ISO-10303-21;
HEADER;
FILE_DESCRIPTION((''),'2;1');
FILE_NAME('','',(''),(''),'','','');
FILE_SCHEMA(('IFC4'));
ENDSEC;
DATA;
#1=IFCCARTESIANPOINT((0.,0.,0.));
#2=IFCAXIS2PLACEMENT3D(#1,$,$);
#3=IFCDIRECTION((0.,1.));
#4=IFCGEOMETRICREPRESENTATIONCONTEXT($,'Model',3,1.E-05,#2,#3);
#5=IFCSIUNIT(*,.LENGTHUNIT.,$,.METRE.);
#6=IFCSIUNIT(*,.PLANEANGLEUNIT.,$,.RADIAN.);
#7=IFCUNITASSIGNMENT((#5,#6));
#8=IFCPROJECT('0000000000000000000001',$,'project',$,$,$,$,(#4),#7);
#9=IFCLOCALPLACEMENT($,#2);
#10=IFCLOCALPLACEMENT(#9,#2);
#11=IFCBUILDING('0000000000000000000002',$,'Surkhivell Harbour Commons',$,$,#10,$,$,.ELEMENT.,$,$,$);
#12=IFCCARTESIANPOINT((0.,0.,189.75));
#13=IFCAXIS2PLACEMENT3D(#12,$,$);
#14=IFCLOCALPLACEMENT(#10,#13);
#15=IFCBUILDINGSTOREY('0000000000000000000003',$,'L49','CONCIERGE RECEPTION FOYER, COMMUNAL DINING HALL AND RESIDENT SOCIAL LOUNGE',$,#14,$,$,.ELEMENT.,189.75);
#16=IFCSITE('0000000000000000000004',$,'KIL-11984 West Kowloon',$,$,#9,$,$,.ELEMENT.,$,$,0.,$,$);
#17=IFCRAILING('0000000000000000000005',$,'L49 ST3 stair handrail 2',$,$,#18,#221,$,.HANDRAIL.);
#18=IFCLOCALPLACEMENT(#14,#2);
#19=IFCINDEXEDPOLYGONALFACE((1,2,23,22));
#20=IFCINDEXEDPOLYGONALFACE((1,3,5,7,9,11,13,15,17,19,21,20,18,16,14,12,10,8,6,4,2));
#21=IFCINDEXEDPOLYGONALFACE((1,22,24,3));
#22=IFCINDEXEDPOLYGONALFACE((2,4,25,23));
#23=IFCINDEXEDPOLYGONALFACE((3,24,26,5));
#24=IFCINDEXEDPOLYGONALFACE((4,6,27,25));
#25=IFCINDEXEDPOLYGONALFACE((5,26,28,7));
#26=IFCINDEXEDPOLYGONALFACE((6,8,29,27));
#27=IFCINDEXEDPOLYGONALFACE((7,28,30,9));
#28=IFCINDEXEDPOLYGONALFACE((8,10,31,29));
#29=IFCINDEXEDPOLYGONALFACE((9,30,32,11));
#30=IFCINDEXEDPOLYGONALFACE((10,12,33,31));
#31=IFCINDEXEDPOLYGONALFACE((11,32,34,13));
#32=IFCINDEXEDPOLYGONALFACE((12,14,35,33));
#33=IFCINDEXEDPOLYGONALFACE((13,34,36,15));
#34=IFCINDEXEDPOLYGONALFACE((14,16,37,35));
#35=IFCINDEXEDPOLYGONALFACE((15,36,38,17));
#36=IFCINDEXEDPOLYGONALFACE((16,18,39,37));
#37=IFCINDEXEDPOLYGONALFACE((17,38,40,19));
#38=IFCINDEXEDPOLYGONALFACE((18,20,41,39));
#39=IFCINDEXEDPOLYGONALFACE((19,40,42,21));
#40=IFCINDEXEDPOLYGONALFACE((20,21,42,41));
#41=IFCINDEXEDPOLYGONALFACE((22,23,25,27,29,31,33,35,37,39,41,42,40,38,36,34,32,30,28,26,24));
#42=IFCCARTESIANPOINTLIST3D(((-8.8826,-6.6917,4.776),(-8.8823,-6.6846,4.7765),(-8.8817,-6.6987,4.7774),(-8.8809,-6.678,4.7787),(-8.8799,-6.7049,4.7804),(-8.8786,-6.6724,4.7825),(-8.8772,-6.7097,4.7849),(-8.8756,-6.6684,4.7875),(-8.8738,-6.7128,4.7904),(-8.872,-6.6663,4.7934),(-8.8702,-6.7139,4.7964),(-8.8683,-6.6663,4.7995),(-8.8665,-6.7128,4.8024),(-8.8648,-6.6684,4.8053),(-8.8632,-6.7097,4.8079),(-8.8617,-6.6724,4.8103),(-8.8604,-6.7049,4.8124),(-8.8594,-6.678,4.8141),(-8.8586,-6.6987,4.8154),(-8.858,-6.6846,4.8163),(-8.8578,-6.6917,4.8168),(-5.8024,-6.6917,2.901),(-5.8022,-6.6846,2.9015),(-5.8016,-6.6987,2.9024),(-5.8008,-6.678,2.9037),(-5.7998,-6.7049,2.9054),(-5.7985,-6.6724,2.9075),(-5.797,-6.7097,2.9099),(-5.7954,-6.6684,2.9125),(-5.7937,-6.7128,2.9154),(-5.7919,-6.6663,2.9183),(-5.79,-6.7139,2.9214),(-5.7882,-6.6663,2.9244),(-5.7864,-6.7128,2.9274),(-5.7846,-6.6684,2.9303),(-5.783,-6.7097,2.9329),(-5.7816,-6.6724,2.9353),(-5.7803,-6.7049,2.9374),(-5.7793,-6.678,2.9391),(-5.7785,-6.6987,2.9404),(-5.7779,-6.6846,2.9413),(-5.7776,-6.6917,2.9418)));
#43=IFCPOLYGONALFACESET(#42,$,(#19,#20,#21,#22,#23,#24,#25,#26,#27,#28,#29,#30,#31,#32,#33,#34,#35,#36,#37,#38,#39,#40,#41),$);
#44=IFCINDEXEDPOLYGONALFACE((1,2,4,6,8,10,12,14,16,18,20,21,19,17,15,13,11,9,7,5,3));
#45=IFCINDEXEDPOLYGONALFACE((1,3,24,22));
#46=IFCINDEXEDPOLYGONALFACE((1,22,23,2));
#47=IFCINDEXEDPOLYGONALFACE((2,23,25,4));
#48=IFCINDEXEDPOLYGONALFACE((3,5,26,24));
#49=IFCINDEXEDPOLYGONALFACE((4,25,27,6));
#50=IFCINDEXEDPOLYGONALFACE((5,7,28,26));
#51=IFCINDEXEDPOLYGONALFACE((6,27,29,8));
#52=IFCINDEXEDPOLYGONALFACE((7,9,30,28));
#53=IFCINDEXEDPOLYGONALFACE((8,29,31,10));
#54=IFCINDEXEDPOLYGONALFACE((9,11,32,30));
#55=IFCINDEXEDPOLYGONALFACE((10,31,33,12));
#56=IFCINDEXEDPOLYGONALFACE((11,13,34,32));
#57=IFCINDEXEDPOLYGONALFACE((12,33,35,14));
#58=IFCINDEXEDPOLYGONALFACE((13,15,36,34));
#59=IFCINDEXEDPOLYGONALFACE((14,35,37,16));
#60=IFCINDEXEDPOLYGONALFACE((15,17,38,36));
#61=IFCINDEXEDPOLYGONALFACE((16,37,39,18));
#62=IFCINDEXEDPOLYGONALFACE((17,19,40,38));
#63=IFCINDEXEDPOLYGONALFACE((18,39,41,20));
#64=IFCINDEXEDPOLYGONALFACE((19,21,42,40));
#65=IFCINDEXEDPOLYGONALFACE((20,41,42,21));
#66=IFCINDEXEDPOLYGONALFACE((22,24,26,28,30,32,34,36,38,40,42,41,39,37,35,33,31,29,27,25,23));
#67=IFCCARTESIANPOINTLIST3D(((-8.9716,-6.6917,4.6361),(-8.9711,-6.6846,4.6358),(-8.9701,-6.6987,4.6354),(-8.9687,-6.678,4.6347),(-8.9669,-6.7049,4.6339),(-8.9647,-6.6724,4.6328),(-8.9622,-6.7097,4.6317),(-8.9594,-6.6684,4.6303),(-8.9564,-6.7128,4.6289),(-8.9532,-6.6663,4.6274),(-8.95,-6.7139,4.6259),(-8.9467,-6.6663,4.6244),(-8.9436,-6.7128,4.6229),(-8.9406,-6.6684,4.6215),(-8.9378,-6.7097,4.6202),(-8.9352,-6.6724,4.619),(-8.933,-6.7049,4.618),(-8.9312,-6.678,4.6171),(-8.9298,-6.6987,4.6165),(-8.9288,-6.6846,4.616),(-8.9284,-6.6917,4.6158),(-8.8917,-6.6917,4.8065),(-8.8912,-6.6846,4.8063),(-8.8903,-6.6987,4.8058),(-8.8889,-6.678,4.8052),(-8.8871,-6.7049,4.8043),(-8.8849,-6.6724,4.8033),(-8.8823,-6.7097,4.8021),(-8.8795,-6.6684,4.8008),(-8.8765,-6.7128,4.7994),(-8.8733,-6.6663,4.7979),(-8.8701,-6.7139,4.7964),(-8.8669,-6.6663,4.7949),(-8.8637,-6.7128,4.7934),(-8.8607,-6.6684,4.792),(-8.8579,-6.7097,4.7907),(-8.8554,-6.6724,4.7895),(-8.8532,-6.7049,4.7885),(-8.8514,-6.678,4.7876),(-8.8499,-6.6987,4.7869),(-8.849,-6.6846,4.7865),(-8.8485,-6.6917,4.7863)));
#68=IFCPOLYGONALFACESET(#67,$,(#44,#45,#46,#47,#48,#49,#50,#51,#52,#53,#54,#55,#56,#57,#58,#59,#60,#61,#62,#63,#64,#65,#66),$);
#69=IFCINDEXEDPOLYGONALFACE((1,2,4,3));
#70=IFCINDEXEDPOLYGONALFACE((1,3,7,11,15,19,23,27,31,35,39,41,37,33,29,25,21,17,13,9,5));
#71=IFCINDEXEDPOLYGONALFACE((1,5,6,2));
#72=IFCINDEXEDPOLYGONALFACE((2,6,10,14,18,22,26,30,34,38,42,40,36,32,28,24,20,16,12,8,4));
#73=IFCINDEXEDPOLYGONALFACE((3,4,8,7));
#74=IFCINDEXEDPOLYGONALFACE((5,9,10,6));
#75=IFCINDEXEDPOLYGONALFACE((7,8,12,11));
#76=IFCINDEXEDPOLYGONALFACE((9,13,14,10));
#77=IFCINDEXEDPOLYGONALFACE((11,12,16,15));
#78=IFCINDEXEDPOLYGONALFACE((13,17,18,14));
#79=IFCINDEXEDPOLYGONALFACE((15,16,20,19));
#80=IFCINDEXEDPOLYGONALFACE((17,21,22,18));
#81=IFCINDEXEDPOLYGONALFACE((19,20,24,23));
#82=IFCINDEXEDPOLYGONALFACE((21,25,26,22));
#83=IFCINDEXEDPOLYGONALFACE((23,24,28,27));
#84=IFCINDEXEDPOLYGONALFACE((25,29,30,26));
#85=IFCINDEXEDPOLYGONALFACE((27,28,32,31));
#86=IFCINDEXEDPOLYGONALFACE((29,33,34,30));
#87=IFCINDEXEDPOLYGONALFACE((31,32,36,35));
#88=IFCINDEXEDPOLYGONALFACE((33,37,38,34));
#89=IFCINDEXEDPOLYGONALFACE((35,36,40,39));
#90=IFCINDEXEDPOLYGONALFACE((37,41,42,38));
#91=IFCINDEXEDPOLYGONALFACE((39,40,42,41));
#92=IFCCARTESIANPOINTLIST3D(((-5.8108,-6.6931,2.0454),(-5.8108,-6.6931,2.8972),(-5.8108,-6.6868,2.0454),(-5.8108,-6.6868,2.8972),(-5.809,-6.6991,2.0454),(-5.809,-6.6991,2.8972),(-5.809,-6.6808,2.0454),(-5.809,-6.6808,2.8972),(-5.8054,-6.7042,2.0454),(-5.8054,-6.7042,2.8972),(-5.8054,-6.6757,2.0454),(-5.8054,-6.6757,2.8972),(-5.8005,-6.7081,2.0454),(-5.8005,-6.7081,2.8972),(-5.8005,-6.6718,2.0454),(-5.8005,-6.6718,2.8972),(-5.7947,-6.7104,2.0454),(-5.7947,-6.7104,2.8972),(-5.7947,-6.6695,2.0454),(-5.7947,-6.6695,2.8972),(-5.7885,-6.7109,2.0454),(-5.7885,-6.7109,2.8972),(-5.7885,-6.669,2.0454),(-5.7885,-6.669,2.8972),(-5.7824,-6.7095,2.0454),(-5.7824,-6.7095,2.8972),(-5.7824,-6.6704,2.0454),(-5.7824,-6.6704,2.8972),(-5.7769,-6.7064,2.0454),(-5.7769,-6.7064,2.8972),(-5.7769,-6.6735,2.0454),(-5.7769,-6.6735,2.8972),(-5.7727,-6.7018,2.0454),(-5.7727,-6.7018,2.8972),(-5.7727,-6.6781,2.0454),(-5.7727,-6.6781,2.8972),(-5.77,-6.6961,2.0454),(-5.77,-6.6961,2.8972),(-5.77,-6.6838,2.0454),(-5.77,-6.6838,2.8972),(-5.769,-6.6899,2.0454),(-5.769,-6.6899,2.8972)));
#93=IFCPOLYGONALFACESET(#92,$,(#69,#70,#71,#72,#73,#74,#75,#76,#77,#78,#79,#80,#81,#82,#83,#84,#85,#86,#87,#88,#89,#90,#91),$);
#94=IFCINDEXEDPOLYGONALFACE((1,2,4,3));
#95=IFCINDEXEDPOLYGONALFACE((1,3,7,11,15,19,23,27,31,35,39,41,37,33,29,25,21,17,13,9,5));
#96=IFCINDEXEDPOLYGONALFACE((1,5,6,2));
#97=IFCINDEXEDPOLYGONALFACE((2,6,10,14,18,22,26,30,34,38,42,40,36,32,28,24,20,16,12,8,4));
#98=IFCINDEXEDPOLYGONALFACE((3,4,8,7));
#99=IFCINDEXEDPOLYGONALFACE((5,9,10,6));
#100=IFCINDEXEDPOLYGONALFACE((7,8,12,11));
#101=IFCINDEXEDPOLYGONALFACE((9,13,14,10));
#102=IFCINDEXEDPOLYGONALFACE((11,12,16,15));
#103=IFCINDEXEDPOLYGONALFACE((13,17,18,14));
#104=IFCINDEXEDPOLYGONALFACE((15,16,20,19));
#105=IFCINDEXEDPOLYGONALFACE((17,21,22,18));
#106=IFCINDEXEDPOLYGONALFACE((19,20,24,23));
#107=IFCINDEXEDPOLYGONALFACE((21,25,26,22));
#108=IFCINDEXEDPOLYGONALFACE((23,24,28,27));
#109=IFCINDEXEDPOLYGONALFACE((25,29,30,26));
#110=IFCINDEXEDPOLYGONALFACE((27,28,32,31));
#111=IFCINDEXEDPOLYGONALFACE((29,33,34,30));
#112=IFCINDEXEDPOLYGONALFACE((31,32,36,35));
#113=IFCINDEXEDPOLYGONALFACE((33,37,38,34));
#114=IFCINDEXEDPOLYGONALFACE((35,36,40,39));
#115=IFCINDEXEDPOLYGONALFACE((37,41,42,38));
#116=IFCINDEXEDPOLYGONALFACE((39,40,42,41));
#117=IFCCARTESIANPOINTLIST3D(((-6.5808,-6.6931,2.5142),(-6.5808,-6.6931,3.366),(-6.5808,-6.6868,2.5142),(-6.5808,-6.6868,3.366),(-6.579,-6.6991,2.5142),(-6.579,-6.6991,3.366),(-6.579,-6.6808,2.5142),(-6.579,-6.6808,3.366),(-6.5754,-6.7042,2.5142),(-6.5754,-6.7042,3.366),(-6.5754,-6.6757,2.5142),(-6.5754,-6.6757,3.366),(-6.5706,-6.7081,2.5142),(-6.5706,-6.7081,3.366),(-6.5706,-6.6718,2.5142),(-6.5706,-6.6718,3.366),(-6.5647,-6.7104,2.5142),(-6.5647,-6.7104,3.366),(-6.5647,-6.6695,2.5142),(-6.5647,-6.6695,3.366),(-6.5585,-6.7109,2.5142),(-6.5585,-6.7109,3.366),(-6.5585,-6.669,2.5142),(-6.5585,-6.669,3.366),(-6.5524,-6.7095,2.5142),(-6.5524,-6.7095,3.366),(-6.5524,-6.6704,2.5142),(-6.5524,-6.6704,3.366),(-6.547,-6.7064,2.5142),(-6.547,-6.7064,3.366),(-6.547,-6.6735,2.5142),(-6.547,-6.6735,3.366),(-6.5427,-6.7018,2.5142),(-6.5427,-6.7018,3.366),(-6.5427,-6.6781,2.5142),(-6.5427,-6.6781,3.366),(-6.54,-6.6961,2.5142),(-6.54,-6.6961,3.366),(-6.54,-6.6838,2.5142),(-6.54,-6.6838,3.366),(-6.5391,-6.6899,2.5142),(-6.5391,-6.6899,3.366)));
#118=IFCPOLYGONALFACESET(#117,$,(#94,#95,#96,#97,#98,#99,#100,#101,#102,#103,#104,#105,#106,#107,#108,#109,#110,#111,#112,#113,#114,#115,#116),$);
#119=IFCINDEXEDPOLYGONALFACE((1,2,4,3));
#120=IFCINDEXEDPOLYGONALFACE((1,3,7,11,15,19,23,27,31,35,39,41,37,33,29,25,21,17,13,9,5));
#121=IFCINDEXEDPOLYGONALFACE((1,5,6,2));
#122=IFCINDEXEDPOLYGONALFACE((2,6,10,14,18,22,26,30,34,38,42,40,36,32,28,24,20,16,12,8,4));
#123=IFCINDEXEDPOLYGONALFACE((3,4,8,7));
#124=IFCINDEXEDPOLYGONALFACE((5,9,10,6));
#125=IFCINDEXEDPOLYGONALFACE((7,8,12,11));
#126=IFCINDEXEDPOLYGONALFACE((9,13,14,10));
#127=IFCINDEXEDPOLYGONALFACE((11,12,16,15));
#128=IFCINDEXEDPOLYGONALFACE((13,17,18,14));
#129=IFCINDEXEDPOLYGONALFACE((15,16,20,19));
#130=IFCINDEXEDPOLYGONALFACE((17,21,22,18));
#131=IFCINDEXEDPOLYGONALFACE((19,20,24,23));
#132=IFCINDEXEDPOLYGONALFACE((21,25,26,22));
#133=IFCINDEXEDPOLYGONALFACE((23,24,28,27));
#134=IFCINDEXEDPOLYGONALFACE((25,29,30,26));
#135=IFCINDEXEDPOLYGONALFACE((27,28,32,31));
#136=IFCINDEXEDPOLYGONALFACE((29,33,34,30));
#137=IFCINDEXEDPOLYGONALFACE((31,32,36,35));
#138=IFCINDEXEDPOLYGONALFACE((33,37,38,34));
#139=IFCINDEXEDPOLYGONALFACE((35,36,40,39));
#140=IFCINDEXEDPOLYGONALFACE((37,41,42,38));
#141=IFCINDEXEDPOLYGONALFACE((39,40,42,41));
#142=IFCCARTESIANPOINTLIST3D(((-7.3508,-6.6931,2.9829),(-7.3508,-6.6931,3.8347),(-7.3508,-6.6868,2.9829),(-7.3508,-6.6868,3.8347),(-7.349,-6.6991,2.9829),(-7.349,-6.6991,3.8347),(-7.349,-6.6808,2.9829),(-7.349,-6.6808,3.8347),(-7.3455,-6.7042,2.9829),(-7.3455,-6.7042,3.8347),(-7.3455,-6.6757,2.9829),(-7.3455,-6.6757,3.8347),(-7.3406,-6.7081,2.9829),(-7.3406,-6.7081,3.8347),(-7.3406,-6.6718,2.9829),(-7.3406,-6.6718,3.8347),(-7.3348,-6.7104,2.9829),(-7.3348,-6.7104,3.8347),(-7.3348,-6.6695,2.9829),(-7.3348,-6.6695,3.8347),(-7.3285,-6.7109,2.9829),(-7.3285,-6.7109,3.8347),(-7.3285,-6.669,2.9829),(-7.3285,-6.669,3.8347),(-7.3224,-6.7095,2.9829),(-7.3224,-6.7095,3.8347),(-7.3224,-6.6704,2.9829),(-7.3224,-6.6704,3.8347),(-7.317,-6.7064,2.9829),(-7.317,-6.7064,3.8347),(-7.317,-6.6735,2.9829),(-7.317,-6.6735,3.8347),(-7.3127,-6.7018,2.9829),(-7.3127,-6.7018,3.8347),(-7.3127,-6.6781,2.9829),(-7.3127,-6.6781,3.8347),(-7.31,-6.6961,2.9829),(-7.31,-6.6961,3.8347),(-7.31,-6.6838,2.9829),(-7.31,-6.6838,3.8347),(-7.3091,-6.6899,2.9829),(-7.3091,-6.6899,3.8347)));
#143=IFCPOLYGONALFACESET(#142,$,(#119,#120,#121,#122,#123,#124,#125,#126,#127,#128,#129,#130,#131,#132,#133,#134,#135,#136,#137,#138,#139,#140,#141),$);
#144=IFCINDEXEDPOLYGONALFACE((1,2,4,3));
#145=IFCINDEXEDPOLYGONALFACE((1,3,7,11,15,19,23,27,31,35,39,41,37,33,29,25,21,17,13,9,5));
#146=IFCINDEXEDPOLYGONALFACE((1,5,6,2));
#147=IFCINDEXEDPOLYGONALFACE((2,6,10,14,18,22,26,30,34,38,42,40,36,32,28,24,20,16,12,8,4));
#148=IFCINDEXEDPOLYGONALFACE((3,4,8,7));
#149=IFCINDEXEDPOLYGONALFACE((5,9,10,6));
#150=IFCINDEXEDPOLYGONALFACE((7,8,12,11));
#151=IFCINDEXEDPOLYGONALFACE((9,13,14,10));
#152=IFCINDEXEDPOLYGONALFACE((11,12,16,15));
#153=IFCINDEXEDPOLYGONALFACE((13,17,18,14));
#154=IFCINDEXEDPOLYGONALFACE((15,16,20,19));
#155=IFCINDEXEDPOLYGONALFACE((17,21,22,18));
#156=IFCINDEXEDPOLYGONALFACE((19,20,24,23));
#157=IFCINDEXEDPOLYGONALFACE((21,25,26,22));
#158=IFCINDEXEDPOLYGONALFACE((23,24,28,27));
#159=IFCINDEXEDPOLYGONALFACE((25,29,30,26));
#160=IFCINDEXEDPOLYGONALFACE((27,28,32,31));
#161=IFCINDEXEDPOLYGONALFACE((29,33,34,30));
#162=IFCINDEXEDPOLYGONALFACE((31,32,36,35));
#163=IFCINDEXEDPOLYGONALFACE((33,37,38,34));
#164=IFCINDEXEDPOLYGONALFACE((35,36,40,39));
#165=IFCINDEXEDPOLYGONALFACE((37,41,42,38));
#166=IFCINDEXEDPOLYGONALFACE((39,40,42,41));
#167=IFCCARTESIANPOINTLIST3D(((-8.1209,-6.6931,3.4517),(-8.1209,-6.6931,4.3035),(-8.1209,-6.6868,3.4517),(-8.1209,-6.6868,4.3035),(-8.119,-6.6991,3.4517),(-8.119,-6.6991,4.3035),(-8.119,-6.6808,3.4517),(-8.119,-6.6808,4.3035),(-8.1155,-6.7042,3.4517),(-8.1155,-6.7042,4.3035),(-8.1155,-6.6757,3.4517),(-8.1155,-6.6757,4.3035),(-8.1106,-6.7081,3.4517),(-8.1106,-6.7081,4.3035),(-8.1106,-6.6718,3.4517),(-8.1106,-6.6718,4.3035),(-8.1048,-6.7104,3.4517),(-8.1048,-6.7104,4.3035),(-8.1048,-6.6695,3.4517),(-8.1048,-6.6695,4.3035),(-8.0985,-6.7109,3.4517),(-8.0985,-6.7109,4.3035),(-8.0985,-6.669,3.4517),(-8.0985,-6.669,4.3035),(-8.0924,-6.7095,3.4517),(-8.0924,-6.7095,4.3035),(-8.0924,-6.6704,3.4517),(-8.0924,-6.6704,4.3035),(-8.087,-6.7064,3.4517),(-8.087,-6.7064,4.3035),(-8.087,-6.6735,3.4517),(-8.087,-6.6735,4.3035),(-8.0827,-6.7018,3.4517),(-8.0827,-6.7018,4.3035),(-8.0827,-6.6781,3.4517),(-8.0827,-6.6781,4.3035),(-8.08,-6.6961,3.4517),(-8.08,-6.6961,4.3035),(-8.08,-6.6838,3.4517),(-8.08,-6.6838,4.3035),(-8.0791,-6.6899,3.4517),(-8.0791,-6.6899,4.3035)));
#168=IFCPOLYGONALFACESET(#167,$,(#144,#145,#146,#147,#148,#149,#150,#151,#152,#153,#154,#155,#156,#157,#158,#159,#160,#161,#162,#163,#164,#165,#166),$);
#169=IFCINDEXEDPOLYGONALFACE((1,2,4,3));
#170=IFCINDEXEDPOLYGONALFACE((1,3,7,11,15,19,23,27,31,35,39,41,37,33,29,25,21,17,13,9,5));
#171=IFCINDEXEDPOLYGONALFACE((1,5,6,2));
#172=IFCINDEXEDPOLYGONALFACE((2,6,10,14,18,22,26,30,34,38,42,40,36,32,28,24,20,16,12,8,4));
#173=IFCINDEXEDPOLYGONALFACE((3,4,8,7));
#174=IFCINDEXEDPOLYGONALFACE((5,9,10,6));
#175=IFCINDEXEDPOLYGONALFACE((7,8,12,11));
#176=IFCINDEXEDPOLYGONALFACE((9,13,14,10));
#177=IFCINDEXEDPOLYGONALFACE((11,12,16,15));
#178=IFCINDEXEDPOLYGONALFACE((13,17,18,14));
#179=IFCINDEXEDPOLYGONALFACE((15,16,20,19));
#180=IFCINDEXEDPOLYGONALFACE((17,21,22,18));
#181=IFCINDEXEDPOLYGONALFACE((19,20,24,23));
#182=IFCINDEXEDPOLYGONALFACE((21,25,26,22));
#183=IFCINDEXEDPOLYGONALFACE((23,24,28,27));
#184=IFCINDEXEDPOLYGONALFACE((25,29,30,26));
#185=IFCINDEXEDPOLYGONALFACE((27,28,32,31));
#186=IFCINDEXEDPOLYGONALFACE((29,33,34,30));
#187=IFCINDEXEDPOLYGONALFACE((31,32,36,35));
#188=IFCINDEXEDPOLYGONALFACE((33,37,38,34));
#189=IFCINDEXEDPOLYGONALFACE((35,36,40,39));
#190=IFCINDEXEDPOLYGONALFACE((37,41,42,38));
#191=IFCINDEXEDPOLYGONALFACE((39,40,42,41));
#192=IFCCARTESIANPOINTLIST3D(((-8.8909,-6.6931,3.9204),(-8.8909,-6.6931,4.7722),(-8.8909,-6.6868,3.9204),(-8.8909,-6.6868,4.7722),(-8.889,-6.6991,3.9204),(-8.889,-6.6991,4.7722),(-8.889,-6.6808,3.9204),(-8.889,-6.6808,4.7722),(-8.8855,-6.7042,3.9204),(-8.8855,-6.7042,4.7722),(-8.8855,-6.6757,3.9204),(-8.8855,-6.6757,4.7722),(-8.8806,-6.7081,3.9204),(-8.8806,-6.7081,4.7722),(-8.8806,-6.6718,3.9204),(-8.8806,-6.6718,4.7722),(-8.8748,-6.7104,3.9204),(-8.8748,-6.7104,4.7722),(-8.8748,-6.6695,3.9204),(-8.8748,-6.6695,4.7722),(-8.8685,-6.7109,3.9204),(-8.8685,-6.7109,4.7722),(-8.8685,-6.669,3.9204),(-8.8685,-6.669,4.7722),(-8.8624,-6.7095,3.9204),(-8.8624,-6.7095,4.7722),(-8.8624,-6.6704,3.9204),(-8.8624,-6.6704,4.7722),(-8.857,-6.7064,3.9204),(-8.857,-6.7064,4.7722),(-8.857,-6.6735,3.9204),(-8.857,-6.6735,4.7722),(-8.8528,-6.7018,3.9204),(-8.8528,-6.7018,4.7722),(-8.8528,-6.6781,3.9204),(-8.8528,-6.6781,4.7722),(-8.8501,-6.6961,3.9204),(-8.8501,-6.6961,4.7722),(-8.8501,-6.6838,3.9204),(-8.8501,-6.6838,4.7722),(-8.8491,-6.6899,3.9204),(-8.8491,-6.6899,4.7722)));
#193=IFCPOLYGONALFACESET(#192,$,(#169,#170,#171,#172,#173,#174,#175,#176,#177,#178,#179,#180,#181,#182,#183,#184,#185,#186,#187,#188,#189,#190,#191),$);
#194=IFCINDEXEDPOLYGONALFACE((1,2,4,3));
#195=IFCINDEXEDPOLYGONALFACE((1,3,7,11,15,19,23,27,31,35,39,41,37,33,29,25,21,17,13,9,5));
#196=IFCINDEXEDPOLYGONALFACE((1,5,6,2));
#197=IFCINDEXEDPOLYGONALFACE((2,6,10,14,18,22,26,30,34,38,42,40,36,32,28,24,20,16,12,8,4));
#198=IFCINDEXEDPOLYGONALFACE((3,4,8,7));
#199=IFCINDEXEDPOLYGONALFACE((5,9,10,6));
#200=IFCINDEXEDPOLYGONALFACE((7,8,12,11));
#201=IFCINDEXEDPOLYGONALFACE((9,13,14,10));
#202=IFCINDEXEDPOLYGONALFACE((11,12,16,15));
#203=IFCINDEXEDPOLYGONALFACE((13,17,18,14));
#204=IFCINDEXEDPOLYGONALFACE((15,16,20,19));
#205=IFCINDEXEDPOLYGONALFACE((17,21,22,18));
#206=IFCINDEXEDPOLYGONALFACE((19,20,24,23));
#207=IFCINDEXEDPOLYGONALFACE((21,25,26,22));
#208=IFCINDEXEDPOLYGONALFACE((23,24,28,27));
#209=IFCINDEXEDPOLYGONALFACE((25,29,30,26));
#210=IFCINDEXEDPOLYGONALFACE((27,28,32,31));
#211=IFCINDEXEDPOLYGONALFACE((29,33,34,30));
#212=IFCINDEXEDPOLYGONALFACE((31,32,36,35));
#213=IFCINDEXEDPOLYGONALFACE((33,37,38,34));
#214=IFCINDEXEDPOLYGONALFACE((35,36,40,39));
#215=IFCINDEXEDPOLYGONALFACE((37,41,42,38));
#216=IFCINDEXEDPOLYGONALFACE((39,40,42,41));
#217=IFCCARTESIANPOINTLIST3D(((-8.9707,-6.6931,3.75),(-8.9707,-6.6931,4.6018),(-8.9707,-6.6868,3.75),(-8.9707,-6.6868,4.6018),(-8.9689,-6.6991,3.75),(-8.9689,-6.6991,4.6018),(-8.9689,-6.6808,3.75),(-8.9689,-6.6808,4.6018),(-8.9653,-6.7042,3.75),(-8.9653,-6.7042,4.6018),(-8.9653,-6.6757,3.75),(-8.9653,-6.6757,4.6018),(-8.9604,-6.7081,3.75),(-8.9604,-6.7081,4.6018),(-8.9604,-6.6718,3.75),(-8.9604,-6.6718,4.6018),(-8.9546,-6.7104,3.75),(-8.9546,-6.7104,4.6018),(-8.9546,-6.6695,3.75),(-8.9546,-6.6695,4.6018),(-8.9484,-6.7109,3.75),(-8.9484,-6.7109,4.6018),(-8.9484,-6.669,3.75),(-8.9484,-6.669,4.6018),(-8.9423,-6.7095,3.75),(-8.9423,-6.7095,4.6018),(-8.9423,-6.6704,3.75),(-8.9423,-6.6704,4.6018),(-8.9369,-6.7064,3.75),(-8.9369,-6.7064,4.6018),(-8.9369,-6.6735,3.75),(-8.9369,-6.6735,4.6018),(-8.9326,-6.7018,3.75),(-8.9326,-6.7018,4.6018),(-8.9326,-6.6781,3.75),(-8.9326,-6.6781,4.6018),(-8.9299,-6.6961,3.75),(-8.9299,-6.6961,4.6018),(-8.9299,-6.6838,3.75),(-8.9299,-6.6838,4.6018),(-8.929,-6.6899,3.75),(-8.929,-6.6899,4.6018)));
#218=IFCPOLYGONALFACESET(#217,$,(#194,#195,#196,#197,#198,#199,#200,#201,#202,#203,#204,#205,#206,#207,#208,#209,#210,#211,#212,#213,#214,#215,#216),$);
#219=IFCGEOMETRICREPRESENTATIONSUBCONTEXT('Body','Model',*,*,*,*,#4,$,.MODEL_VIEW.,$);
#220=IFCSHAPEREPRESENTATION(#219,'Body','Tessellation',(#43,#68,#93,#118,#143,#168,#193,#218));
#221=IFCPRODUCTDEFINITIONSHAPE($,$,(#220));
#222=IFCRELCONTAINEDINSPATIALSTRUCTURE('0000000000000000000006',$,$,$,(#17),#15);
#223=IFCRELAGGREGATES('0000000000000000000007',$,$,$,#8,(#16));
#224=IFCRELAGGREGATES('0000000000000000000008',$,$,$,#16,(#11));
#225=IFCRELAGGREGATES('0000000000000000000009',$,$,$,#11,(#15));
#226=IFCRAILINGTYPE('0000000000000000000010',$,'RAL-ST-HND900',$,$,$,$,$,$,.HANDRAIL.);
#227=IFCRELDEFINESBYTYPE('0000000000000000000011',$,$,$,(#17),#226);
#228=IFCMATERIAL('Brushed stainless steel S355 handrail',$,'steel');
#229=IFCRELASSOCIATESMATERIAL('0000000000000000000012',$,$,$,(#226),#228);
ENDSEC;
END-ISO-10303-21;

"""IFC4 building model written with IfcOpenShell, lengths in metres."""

from ifc_helpers import new_model, si_unit, direction, frame, origin, origin_2d, place, context, subcontext, project, spatial, circle, extrude, material, type_object, element, save


model = new_model("IFC4")

# Units and contexts
model_context = context("Model", 3, precision=1e-05, world=origin(), true_north=direction((0.0, 1.0)))
body_context = subcontext(model_context, "Body", "Model", "MODEL_VIEW")
ifc_project = project(units=[si_unit("LENGTHUNIT", "METRE"), si_unit("PLANEANGLEUNIT", "RADIAN")], contexts=[model_context])

# Site, building, storey
site_placement = place(None, origin())
site = spatial("IfcSite", under=ifc_project, at=site_placement, Name="KIL-11984 West Kowloon", CompositionType="ELEMENT", RefElevation=0.0)
building_placement = place(site_placement, origin())
building = spatial("IfcBuilding", under=site, at=building_placement, Name="Surkhivell Harbour Commons", CompositionType="ELEMENT")
storey_placement = place(building_placement, frame((0.0, 0.0, 189.75)))
storey = spatial("IfcBuildingStorey", under=building, at=storey_placement, Name="L49", Description="CONCIERGE RECEPTION FOYER, COMMUNAL DINING HALL AND RESIDENT SOCIAL LOUNGE", CompositionType="ELEMENT", Elevation=189.75)

# Railing
ifc_material_1 = material(Name="Brushed stainless steel S355 handrail", Category="steel")
railing_type_1 = type_object("IfcRailingType", Name="RAL-ST-HND900", PredefinedType="HANDRAIL", material=ifc_material_1)
railing_1_placement = place(storey_placement, frame((-5.79, -6.6899, 2.0454)))
element("IfcRailing", 1, at=railing_1_placement, inside=storey, type_object=railing_type_1, Name="L49 ST3 stair handrail 2", PredefinedType="HANDRAIL", context=body_context, shape_type="SweptSolid", body=[
    extrude(circle(Radius=0.0239, at=origin_2d()), frame((0.0, 0.0, 0.876), z_axis=(-0.854178, 0.0, 0.519981), x_axis=(0.0, -1.0, 0.0)), (0.0, 0.0, 1.0), 3.606),
    extrude(circle(Radius=0.0239, at=origin_2d()), frame((-3.0801, 0.0, 2.751), z_axis=(-0.424234, 0.0, -0.905552), x_axis=(0.0, -1.0, 0.0)), (0.0, 0.0, 1.0), 0.1882),
    extrude(circle(Radius=0.021, at=origin_2d()), origin(), (0.0, 0.0, 1.0), 0.8518),
    extrude(circle(Radius=0.021, at=origin_2d()), frame((-0.77, 0.0, 0.4688)), (0.0, 0.0, 1.0), 0.8518),
    extrude(circle(Radius=0.021, at=origin_2d()), frame((-1.54, 0.0, 0.9375)), (0.0, 0.0, 1.0), 0.8518),
    extrude(circle(Radius=0.021, at=origin_2d()), frame((-2.3101, 0.0, 1.4062)), (0.0, 0.0, 1.0), 0.8518),
    extrude(circle(Radius=0.021, at=origin_2d()), frame((-3.0801, 0.0, 1.875)), (0.0, 0.0, 1.0), 0.8518),
    extrude(circle(Radius=0.021, at=origin_2d()), frame((-3.1599, 0.0, 1.7046)), (0.0, 0.0, 1.0), 0.8518),
])

save(model, "model.ifc")
